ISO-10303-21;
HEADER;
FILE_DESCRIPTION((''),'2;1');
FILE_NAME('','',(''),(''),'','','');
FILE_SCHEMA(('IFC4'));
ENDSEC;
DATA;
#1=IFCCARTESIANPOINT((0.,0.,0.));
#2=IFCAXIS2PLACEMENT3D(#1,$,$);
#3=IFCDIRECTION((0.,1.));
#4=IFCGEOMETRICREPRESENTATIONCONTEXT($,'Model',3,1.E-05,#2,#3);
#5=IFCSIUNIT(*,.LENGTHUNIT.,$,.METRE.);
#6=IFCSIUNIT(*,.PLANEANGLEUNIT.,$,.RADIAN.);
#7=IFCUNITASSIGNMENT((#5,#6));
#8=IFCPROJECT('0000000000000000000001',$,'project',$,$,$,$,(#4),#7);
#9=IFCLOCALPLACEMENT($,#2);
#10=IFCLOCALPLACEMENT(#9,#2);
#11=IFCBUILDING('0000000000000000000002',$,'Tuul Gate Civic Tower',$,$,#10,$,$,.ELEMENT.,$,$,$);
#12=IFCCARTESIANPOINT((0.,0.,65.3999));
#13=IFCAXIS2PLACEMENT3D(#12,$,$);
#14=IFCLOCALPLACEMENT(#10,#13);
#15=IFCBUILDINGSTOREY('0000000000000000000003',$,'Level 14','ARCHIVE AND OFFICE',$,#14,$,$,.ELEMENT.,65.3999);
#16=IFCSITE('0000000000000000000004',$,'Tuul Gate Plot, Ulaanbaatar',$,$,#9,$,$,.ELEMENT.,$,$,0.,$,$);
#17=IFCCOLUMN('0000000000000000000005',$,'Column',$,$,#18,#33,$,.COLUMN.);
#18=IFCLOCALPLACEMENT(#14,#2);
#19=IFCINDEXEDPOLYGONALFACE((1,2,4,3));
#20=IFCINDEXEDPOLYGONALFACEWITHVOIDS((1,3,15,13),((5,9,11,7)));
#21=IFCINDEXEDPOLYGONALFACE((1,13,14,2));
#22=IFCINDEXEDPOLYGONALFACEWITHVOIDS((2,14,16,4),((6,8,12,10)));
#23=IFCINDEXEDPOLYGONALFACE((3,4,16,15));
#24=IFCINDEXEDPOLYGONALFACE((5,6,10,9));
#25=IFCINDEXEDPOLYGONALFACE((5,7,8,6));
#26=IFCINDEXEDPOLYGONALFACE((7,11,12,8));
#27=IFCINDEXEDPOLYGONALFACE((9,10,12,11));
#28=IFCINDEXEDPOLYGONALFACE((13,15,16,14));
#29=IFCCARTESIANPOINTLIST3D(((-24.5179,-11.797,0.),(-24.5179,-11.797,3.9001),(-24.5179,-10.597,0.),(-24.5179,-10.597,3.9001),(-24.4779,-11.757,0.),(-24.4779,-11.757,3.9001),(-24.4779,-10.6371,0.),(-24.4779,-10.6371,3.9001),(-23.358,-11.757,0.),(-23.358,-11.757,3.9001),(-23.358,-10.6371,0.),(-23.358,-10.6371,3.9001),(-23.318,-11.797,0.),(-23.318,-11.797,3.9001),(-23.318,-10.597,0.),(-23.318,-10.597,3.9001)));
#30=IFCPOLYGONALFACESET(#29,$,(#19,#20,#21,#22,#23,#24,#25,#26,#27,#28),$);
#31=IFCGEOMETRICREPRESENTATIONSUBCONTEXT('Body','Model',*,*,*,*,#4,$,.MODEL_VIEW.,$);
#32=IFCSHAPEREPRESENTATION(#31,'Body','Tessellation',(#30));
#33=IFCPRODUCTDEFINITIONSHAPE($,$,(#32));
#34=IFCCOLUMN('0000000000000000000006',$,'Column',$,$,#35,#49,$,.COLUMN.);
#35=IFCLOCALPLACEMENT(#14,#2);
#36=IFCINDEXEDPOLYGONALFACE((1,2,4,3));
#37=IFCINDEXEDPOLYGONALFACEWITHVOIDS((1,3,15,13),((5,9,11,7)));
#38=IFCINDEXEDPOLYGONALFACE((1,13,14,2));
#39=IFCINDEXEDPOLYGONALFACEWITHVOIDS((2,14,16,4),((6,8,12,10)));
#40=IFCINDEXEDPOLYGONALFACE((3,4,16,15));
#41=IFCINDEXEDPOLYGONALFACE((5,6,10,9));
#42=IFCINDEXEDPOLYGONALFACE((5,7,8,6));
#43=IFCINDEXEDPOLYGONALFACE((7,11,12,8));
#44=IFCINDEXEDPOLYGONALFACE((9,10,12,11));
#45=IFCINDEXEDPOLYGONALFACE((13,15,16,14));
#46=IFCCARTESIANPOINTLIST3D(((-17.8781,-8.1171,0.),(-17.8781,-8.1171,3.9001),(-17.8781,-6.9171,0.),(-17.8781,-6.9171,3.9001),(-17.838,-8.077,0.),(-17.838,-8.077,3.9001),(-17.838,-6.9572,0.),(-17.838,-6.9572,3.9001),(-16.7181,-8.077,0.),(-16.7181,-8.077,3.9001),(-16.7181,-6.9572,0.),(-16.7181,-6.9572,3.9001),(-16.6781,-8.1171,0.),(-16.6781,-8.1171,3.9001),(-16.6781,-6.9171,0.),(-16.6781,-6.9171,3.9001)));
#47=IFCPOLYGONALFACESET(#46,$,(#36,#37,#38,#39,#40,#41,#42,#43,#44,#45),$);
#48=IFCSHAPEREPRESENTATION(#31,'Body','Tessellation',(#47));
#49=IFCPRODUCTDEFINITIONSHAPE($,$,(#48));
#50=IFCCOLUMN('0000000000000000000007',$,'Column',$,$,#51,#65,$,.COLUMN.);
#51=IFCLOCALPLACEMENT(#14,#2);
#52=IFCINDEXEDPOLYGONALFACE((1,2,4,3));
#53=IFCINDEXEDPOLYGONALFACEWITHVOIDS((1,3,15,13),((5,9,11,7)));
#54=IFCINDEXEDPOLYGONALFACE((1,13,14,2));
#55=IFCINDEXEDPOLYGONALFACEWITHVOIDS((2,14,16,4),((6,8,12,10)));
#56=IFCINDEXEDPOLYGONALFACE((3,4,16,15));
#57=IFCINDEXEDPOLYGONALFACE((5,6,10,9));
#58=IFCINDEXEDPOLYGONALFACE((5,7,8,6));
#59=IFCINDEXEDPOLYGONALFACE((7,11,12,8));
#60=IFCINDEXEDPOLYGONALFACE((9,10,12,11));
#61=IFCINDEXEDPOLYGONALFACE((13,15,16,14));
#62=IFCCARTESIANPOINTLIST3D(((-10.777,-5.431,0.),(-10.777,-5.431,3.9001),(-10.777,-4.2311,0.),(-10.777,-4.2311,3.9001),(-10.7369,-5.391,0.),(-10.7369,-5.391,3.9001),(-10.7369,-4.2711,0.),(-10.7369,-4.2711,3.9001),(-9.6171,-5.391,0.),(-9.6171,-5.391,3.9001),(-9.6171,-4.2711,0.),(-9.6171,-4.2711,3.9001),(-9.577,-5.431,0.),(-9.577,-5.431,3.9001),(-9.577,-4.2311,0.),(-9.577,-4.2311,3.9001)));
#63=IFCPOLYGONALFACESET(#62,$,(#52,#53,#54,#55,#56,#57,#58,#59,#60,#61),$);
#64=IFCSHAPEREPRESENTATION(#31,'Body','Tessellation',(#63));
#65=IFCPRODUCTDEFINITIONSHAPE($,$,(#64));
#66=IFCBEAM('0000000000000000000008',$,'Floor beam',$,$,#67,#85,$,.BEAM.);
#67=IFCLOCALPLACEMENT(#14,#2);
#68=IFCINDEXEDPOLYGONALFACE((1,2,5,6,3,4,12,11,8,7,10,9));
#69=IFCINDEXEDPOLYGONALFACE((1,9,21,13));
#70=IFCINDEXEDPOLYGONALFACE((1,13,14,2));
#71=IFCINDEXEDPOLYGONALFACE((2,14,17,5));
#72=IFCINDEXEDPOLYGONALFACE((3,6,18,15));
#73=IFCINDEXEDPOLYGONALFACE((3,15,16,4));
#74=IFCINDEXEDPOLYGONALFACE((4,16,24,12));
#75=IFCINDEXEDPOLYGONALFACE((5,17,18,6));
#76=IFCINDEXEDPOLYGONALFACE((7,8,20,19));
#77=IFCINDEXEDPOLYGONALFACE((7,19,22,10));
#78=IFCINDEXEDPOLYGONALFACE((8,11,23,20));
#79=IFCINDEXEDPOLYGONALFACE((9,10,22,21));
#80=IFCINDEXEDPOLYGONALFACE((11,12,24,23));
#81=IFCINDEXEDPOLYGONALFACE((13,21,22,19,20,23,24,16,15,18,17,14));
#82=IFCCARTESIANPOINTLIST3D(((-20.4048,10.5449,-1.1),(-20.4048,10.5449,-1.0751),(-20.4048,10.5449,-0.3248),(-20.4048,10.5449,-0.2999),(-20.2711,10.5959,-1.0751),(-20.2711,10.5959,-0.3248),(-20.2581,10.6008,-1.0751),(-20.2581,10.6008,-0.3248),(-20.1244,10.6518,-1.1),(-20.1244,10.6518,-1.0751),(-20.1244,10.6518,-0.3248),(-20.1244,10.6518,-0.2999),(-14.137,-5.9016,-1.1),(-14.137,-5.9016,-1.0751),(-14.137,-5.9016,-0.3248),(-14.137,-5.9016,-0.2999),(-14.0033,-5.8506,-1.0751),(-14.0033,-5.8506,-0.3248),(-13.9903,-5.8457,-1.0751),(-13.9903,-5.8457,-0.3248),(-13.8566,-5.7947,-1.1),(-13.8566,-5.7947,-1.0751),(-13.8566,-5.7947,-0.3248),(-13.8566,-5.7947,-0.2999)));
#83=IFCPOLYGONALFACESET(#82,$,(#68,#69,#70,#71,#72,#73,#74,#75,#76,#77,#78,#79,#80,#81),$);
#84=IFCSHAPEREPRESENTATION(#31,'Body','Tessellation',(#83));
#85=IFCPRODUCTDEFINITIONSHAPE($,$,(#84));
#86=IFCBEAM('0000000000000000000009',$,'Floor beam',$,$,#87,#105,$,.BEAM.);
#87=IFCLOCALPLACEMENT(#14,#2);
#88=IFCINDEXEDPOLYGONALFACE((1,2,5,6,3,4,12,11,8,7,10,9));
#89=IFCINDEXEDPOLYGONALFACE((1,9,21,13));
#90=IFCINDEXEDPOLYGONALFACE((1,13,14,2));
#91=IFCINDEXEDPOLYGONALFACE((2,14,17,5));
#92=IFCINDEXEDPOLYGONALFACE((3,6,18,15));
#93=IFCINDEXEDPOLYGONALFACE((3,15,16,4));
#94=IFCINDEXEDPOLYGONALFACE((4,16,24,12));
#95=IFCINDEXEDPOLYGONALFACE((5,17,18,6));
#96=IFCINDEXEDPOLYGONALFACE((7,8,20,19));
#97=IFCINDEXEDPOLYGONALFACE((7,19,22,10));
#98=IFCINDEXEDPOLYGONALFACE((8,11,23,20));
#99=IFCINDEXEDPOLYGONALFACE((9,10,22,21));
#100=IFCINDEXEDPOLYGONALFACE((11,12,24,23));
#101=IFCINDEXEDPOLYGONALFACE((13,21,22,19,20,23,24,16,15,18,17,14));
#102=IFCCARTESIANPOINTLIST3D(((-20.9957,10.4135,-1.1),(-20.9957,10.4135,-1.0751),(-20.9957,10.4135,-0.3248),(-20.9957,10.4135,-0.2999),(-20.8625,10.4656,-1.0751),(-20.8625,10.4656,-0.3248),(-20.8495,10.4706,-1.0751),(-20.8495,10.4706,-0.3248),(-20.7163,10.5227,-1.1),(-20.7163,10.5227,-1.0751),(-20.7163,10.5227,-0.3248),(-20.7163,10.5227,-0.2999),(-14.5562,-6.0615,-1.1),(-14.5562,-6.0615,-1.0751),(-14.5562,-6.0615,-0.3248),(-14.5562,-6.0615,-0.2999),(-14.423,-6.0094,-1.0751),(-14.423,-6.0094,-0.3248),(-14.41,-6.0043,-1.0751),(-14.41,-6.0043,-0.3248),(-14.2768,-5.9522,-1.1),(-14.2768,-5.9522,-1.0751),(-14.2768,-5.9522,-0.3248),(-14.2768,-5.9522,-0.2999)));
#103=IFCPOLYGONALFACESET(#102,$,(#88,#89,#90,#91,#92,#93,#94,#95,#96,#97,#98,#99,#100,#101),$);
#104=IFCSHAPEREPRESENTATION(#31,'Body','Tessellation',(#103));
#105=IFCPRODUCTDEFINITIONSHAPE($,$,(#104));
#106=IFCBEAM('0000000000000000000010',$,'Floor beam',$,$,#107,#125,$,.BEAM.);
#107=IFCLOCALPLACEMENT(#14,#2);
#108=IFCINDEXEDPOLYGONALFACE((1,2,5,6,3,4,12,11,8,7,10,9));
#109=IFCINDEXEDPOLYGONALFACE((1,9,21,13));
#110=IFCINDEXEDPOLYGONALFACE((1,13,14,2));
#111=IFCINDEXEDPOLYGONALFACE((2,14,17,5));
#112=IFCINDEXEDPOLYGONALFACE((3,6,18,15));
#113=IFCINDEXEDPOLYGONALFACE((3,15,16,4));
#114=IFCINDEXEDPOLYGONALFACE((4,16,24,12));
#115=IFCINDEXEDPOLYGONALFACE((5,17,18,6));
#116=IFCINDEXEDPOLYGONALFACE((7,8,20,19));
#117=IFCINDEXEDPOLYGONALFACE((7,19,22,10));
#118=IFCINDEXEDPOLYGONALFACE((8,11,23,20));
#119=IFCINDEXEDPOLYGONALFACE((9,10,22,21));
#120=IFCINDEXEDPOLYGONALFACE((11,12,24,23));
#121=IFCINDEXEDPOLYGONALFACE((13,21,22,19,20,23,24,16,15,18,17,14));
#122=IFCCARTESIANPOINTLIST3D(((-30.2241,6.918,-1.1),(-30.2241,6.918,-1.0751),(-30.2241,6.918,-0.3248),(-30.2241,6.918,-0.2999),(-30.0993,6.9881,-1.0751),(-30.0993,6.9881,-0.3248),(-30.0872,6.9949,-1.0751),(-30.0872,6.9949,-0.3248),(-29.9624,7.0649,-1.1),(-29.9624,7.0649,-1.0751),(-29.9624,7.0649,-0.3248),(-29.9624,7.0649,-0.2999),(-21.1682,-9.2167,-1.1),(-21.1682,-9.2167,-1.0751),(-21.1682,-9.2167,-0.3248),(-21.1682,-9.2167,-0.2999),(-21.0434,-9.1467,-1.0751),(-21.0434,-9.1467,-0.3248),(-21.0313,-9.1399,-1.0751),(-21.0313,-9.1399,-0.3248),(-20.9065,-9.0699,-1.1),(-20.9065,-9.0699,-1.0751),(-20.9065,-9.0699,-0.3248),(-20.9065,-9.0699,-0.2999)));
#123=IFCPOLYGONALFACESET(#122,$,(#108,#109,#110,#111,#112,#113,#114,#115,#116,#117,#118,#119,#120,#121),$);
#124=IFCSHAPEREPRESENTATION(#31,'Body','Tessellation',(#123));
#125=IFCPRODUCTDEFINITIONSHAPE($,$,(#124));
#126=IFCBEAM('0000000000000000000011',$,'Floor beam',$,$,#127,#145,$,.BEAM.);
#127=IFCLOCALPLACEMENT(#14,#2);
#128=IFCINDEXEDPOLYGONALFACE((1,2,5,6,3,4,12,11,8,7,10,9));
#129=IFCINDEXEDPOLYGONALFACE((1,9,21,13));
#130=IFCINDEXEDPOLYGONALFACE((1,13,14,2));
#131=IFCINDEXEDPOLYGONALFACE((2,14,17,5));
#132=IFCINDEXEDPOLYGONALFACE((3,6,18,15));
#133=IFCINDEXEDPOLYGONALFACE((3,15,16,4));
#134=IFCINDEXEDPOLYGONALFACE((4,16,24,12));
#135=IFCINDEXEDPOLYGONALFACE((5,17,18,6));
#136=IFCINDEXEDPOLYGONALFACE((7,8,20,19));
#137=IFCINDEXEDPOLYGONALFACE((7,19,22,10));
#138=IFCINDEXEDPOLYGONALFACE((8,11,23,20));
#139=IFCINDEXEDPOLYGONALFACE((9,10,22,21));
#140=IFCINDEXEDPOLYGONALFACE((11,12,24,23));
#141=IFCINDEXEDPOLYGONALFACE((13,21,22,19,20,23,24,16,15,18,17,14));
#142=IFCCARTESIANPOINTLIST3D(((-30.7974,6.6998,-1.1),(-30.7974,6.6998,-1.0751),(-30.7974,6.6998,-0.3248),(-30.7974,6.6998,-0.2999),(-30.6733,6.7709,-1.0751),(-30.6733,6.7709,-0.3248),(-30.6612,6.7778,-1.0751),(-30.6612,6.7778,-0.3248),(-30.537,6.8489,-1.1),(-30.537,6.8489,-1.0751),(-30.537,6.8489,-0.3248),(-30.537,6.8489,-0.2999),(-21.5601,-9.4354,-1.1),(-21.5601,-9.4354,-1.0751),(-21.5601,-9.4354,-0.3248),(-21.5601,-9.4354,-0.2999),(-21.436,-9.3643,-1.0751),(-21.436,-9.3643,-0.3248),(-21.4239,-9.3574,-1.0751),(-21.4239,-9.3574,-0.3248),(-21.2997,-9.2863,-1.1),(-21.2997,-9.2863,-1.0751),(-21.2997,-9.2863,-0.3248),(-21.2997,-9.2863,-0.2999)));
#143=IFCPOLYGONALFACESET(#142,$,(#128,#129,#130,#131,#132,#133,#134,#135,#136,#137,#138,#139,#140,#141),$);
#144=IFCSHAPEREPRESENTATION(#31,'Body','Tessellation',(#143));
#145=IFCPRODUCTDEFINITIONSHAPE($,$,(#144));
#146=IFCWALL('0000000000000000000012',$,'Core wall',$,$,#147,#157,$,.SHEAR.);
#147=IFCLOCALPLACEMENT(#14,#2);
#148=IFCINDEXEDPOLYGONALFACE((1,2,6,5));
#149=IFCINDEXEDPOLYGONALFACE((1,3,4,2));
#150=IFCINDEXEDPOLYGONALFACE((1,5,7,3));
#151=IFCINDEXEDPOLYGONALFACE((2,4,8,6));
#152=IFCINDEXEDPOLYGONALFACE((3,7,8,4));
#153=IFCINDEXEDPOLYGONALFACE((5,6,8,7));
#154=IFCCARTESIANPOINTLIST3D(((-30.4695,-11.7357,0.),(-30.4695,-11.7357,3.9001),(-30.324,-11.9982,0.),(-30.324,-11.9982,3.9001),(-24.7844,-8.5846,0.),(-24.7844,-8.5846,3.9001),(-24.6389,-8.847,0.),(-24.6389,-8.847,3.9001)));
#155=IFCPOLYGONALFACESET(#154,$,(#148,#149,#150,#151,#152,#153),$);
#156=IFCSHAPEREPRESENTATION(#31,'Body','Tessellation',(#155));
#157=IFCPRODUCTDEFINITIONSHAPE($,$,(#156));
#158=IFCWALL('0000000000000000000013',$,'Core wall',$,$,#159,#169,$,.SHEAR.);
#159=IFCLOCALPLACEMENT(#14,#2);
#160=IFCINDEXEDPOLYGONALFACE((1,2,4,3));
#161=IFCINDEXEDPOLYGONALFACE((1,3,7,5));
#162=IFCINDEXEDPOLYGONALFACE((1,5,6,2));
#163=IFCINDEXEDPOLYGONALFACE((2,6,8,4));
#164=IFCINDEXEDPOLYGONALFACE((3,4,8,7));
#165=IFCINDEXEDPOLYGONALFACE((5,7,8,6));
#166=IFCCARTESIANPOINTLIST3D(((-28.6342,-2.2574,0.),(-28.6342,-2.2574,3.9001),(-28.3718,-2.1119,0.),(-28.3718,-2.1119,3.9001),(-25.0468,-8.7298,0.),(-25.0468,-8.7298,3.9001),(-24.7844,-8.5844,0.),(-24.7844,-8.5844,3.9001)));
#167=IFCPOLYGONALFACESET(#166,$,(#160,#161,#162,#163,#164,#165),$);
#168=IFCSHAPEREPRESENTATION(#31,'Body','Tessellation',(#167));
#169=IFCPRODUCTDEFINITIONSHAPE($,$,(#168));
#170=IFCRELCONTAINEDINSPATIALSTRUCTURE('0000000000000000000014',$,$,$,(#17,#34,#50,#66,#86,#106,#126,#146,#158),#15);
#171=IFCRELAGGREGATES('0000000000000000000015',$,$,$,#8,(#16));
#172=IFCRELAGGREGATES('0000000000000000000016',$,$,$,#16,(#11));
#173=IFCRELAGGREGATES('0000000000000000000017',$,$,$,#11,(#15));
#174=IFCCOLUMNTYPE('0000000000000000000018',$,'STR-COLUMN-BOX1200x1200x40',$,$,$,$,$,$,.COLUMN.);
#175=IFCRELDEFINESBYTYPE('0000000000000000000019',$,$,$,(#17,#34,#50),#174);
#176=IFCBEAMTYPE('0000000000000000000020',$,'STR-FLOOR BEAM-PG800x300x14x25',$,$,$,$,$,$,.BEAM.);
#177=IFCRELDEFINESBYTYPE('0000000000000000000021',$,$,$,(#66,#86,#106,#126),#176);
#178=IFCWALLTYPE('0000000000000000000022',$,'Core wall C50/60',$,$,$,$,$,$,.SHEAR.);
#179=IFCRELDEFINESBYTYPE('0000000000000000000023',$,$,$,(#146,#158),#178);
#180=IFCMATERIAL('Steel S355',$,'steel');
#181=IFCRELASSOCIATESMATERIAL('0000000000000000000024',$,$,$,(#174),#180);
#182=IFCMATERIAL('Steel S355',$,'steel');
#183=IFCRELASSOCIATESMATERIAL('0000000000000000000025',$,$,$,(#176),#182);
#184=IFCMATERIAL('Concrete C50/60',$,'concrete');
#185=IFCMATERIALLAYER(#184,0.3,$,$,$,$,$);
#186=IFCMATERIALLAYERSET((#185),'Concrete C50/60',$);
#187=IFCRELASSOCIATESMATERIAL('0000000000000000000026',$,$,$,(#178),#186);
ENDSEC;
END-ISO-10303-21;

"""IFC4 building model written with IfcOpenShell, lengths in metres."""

from ifc_helpers import new_model, si_unit, direction, frame, frame_2d, origin, origin_2d, place, context, subcontext, project, spatial, rectangle, hollow_rectangle, i_section, extrude, material, layer, layer_set, material_profile, profile_set, type_object, element, save


model = new_model("IFC4")

# Units and contexts
model_context = context("Model", 3, precision=1e-05, world=origin(), true_north=direction((0.0, 1.0)))
body_context = subcontext(model_context, "Body", "Model", "MODEL_VIEW")
ifc_project = project(units=[si_unit("LENGTHUNIT", "METRE"), si_unit("PLANEANGLEUNIT", "RADIAN")], contexts=[model_context])

# Site, building, storey
site_placement = place(None, origin())
site = spatial("IfcSite", under=ifc_project, at=site_placement, Name="Tuul Gate Plot, Ulaanbaatar", CompositionType="ELEMENT", RefElevation=0.0)
building_placement = place(site_placement, origin())
building = spatial("IfcBuilding", under=site, at=building_placement, Name="Tuul Gate Civic Tower", CompositionType="ELEMENT")
storey_placement = place(building_placement, frame((0.0, 0.0, 65.3999)))
storey = spatial("IfcBuildingStorey", under=building, at=storey_placement, Name="Level 14", Description="ARCHIVE AND OFFICE", CompositionType="ELEMENT", Elevation=65.3999)

# Columns
ifc_material_1 = material(Name="Steel S355", Category="steel")
ifc_material_profile_1 = material_profile(ifc_material_1, hollow_rectangle(XDim=1.2, YDim=1.2, WallThickness=0.04, at=origin_2d()), Name="BOX1200x1200x40")
ifc_profile_set_1 = profile_set([ifc_material_profile_1], Name="Steel S355")
column_type = type_object("IfcColumnType", Name="STR-COLUMN-BOX1200x1200x40", PredefinedType="COLUMN", material=ifc_profile_set_1)
for number, where, z_axis, x_axis, name in (
    (1, (-23.918, -11.197, 0.0), (0.0, 0.0, 1.0), (1.0, 0.0, 0.0), "Column"),
    (2, (-17.2781, -7.5171, 0.0), (0.0, 0.0, 1.0), (1.0, 0.0, 0.0), "Column"),
    (3, (-10.177, -4.8311, 0.0), (0.0, 0.0, 1.0), (1.0, 0.0, 0.0), "Column"),
):
    element("IfcColumn", number, at=place(storey_placement, frame(where, z_axis=z_axis, x_axis=x_axis)), inside=storey, type_object=column_type, Name=name, PredefinedType="COLUMN", context=body_context, shape_type="SweptSolid", body=[
        extrude(hollow_rectangle(XDim=1.2, YDim=1.2, WallThickness=0.04, at=origin_2d()), origin(), (0.0, 0.0, 1.0), 3.9001),
    ])

# Beams
ifc_material_2 = material(Name="Steel S355", Category="steel")
ifc_material_profile_2 = material_profile(ifc_material_2, i_section(OverallWidth=0.3, OverallDepth=0.8, WebThickness=0.0139, FlangeThickness=0.0249, at=origin_2d()), Name="PG800x300x14x25")
ifc_profile_set_2 = profile_set([ifc_material_profile_2], Name="Steel S355")
beam_type = type_object("IfcBeamType", Name="STR-FLOOR BEAM-PG800x300x14x25", PredefinedType="BEAM", material=ifc_profile_set_2)
beam_1_placement = place(storey_placement, frame((-13.9968, -5.8481, -0.7), z_axis=(-0.356118, 0.934441, 0.0), x_axis=(-0.934441, -0.356118, 0.0)))
element("IfcBeam", 4, at=beam_1_placement, inside=storey, type_object=beam_type, Name="Floor beam", PredefinedType="BEAM", context=body_context, shape_type="SweptSolid", body=[
    extrude(i_section(OverallWidth=0.3, OverallDepth=0.8, WebThickness=0.0139, FlangeThickness=0.0249, at=origin_2d()), origin(), (0.0, 0.0, 1.0), 17.6003),
])
beam_2_placement = place(storey_placement, frame((-14.4165, -6.0068, -0.7), z_axis=(-0.364045, 0.931381, 0.0), x_axis=(-0.931381, -0.364045, 0.0)))
element("IfcBeam", 5, at=beam_2_placement, inside=storey, type_object=beam_type, Name="Floor beam", PredefinedType="BEAM", context=body_context, shape_type="SweptSolid", body=[
    extrude(i_section(OverallWidth=0.3, OverallDepth=0.8, WebThickness=0.0139, FlangeThickness=0.0249, at=origin_2d()), origin(), (0.0, 0.0, 1.0), 17.6887),
])
beam_3_placement = place(storey_placement, frame((-21.0374, -9.1433, -0.7), z_axis=(-0.489444, 0.872035, 0.0), x_axis=(-0.872035, -0.489444, 0.0)))
element("IfcBeam", 6, at=beam_3_placement, inside=storey, type_object=beam_type, Name="Floor beam", PredefinedType="BEAM", context=body_context, shape_type="SweptSolid", body=[
    extrude(i_section(OverallWidth=0.3, OverallDepth=0.8, WebThickness=0.0139, FlangeThickness=0.0249, at=origin_2d()), origin(), (0.0, 0.0, 1.0), 18.5024),
])
beam_4_placement = place(storey_placement, frame((-21.4299, -9.3608, -0.7), z_axis=(-0.496835, 0.867845, 0.0), x_axis=(-0.867845, -0.496835, 0.0)))
element("IfcBeam", 7, at=beam_4_placement, inside=storey, type_object=beam_type, Name="Floor beam", PredefinedType="BEAM", context=body_context, shape_type="SweptSolid", body=[
    extrude(i_section(OverallWidth=0.3, OverallDepth=0.8, WebThickness=0.0139, FlangeThickness=0.0249, at=origin_2d()), origin(), (0.0, 0.0, 1.0), 18.5923),
])

# Walls
ifc_material_3 = material(Name="Concrete C50/60", Category="concrete")
ifc_layer_1 = layer(ifc_material_3, 0.3)
ifc_layer_set_1 = layer_set([ifc_layer_1], Name="Concrete C50/60")
wall_type_1 = type_object("IfcWallType", Name="Core wall C50/60", PredefinedType="SHEAR", material=ifc_layer_set_1)
wall_1_placement = place(storey_placement, frame((-24.7117, -8.7158, 0.0), z_axis=(0.0, 0.0, 1.0), x_axis=(-0.87463, -0.484791, 0.0)))
element("IfcWall", 8, at=wall_1_placement, inside=storey, type_object=wall_type_1, Name="Core wall", PredefinedType="SHEAR", context=body_context, shape_type="SweptSolid", body=[
    extrude(rectangle(XDim=6.5, YDim=0.3, at=frame_2d((3.25, 0.0))), origin(), (0.0, 0.0, 1.0), 3.9001),
])
wall_2_placement = place(storey_placement, frame((-24.9155, -8.6572, 0.0), z_axis=(0.0, 0.0, 1.0), x_axis=(-0.484777, 0.874638, 0.0)))
element("IfcWall", 9, at=wall_2_placement, inside=storey, type_object=wall_type_1, Name="Core wall", PredefinedType="SHEAR", context=body_context, shape_type="SweptSolid", body=[
    extrude(rectangle(XDim=7.4001, YDim=0.3, at=frame_2d((3.7002, 0.0))), origin(), (0.0, 0.0, 1.0), 3.9001),
])

save(model, "model.ifc")
